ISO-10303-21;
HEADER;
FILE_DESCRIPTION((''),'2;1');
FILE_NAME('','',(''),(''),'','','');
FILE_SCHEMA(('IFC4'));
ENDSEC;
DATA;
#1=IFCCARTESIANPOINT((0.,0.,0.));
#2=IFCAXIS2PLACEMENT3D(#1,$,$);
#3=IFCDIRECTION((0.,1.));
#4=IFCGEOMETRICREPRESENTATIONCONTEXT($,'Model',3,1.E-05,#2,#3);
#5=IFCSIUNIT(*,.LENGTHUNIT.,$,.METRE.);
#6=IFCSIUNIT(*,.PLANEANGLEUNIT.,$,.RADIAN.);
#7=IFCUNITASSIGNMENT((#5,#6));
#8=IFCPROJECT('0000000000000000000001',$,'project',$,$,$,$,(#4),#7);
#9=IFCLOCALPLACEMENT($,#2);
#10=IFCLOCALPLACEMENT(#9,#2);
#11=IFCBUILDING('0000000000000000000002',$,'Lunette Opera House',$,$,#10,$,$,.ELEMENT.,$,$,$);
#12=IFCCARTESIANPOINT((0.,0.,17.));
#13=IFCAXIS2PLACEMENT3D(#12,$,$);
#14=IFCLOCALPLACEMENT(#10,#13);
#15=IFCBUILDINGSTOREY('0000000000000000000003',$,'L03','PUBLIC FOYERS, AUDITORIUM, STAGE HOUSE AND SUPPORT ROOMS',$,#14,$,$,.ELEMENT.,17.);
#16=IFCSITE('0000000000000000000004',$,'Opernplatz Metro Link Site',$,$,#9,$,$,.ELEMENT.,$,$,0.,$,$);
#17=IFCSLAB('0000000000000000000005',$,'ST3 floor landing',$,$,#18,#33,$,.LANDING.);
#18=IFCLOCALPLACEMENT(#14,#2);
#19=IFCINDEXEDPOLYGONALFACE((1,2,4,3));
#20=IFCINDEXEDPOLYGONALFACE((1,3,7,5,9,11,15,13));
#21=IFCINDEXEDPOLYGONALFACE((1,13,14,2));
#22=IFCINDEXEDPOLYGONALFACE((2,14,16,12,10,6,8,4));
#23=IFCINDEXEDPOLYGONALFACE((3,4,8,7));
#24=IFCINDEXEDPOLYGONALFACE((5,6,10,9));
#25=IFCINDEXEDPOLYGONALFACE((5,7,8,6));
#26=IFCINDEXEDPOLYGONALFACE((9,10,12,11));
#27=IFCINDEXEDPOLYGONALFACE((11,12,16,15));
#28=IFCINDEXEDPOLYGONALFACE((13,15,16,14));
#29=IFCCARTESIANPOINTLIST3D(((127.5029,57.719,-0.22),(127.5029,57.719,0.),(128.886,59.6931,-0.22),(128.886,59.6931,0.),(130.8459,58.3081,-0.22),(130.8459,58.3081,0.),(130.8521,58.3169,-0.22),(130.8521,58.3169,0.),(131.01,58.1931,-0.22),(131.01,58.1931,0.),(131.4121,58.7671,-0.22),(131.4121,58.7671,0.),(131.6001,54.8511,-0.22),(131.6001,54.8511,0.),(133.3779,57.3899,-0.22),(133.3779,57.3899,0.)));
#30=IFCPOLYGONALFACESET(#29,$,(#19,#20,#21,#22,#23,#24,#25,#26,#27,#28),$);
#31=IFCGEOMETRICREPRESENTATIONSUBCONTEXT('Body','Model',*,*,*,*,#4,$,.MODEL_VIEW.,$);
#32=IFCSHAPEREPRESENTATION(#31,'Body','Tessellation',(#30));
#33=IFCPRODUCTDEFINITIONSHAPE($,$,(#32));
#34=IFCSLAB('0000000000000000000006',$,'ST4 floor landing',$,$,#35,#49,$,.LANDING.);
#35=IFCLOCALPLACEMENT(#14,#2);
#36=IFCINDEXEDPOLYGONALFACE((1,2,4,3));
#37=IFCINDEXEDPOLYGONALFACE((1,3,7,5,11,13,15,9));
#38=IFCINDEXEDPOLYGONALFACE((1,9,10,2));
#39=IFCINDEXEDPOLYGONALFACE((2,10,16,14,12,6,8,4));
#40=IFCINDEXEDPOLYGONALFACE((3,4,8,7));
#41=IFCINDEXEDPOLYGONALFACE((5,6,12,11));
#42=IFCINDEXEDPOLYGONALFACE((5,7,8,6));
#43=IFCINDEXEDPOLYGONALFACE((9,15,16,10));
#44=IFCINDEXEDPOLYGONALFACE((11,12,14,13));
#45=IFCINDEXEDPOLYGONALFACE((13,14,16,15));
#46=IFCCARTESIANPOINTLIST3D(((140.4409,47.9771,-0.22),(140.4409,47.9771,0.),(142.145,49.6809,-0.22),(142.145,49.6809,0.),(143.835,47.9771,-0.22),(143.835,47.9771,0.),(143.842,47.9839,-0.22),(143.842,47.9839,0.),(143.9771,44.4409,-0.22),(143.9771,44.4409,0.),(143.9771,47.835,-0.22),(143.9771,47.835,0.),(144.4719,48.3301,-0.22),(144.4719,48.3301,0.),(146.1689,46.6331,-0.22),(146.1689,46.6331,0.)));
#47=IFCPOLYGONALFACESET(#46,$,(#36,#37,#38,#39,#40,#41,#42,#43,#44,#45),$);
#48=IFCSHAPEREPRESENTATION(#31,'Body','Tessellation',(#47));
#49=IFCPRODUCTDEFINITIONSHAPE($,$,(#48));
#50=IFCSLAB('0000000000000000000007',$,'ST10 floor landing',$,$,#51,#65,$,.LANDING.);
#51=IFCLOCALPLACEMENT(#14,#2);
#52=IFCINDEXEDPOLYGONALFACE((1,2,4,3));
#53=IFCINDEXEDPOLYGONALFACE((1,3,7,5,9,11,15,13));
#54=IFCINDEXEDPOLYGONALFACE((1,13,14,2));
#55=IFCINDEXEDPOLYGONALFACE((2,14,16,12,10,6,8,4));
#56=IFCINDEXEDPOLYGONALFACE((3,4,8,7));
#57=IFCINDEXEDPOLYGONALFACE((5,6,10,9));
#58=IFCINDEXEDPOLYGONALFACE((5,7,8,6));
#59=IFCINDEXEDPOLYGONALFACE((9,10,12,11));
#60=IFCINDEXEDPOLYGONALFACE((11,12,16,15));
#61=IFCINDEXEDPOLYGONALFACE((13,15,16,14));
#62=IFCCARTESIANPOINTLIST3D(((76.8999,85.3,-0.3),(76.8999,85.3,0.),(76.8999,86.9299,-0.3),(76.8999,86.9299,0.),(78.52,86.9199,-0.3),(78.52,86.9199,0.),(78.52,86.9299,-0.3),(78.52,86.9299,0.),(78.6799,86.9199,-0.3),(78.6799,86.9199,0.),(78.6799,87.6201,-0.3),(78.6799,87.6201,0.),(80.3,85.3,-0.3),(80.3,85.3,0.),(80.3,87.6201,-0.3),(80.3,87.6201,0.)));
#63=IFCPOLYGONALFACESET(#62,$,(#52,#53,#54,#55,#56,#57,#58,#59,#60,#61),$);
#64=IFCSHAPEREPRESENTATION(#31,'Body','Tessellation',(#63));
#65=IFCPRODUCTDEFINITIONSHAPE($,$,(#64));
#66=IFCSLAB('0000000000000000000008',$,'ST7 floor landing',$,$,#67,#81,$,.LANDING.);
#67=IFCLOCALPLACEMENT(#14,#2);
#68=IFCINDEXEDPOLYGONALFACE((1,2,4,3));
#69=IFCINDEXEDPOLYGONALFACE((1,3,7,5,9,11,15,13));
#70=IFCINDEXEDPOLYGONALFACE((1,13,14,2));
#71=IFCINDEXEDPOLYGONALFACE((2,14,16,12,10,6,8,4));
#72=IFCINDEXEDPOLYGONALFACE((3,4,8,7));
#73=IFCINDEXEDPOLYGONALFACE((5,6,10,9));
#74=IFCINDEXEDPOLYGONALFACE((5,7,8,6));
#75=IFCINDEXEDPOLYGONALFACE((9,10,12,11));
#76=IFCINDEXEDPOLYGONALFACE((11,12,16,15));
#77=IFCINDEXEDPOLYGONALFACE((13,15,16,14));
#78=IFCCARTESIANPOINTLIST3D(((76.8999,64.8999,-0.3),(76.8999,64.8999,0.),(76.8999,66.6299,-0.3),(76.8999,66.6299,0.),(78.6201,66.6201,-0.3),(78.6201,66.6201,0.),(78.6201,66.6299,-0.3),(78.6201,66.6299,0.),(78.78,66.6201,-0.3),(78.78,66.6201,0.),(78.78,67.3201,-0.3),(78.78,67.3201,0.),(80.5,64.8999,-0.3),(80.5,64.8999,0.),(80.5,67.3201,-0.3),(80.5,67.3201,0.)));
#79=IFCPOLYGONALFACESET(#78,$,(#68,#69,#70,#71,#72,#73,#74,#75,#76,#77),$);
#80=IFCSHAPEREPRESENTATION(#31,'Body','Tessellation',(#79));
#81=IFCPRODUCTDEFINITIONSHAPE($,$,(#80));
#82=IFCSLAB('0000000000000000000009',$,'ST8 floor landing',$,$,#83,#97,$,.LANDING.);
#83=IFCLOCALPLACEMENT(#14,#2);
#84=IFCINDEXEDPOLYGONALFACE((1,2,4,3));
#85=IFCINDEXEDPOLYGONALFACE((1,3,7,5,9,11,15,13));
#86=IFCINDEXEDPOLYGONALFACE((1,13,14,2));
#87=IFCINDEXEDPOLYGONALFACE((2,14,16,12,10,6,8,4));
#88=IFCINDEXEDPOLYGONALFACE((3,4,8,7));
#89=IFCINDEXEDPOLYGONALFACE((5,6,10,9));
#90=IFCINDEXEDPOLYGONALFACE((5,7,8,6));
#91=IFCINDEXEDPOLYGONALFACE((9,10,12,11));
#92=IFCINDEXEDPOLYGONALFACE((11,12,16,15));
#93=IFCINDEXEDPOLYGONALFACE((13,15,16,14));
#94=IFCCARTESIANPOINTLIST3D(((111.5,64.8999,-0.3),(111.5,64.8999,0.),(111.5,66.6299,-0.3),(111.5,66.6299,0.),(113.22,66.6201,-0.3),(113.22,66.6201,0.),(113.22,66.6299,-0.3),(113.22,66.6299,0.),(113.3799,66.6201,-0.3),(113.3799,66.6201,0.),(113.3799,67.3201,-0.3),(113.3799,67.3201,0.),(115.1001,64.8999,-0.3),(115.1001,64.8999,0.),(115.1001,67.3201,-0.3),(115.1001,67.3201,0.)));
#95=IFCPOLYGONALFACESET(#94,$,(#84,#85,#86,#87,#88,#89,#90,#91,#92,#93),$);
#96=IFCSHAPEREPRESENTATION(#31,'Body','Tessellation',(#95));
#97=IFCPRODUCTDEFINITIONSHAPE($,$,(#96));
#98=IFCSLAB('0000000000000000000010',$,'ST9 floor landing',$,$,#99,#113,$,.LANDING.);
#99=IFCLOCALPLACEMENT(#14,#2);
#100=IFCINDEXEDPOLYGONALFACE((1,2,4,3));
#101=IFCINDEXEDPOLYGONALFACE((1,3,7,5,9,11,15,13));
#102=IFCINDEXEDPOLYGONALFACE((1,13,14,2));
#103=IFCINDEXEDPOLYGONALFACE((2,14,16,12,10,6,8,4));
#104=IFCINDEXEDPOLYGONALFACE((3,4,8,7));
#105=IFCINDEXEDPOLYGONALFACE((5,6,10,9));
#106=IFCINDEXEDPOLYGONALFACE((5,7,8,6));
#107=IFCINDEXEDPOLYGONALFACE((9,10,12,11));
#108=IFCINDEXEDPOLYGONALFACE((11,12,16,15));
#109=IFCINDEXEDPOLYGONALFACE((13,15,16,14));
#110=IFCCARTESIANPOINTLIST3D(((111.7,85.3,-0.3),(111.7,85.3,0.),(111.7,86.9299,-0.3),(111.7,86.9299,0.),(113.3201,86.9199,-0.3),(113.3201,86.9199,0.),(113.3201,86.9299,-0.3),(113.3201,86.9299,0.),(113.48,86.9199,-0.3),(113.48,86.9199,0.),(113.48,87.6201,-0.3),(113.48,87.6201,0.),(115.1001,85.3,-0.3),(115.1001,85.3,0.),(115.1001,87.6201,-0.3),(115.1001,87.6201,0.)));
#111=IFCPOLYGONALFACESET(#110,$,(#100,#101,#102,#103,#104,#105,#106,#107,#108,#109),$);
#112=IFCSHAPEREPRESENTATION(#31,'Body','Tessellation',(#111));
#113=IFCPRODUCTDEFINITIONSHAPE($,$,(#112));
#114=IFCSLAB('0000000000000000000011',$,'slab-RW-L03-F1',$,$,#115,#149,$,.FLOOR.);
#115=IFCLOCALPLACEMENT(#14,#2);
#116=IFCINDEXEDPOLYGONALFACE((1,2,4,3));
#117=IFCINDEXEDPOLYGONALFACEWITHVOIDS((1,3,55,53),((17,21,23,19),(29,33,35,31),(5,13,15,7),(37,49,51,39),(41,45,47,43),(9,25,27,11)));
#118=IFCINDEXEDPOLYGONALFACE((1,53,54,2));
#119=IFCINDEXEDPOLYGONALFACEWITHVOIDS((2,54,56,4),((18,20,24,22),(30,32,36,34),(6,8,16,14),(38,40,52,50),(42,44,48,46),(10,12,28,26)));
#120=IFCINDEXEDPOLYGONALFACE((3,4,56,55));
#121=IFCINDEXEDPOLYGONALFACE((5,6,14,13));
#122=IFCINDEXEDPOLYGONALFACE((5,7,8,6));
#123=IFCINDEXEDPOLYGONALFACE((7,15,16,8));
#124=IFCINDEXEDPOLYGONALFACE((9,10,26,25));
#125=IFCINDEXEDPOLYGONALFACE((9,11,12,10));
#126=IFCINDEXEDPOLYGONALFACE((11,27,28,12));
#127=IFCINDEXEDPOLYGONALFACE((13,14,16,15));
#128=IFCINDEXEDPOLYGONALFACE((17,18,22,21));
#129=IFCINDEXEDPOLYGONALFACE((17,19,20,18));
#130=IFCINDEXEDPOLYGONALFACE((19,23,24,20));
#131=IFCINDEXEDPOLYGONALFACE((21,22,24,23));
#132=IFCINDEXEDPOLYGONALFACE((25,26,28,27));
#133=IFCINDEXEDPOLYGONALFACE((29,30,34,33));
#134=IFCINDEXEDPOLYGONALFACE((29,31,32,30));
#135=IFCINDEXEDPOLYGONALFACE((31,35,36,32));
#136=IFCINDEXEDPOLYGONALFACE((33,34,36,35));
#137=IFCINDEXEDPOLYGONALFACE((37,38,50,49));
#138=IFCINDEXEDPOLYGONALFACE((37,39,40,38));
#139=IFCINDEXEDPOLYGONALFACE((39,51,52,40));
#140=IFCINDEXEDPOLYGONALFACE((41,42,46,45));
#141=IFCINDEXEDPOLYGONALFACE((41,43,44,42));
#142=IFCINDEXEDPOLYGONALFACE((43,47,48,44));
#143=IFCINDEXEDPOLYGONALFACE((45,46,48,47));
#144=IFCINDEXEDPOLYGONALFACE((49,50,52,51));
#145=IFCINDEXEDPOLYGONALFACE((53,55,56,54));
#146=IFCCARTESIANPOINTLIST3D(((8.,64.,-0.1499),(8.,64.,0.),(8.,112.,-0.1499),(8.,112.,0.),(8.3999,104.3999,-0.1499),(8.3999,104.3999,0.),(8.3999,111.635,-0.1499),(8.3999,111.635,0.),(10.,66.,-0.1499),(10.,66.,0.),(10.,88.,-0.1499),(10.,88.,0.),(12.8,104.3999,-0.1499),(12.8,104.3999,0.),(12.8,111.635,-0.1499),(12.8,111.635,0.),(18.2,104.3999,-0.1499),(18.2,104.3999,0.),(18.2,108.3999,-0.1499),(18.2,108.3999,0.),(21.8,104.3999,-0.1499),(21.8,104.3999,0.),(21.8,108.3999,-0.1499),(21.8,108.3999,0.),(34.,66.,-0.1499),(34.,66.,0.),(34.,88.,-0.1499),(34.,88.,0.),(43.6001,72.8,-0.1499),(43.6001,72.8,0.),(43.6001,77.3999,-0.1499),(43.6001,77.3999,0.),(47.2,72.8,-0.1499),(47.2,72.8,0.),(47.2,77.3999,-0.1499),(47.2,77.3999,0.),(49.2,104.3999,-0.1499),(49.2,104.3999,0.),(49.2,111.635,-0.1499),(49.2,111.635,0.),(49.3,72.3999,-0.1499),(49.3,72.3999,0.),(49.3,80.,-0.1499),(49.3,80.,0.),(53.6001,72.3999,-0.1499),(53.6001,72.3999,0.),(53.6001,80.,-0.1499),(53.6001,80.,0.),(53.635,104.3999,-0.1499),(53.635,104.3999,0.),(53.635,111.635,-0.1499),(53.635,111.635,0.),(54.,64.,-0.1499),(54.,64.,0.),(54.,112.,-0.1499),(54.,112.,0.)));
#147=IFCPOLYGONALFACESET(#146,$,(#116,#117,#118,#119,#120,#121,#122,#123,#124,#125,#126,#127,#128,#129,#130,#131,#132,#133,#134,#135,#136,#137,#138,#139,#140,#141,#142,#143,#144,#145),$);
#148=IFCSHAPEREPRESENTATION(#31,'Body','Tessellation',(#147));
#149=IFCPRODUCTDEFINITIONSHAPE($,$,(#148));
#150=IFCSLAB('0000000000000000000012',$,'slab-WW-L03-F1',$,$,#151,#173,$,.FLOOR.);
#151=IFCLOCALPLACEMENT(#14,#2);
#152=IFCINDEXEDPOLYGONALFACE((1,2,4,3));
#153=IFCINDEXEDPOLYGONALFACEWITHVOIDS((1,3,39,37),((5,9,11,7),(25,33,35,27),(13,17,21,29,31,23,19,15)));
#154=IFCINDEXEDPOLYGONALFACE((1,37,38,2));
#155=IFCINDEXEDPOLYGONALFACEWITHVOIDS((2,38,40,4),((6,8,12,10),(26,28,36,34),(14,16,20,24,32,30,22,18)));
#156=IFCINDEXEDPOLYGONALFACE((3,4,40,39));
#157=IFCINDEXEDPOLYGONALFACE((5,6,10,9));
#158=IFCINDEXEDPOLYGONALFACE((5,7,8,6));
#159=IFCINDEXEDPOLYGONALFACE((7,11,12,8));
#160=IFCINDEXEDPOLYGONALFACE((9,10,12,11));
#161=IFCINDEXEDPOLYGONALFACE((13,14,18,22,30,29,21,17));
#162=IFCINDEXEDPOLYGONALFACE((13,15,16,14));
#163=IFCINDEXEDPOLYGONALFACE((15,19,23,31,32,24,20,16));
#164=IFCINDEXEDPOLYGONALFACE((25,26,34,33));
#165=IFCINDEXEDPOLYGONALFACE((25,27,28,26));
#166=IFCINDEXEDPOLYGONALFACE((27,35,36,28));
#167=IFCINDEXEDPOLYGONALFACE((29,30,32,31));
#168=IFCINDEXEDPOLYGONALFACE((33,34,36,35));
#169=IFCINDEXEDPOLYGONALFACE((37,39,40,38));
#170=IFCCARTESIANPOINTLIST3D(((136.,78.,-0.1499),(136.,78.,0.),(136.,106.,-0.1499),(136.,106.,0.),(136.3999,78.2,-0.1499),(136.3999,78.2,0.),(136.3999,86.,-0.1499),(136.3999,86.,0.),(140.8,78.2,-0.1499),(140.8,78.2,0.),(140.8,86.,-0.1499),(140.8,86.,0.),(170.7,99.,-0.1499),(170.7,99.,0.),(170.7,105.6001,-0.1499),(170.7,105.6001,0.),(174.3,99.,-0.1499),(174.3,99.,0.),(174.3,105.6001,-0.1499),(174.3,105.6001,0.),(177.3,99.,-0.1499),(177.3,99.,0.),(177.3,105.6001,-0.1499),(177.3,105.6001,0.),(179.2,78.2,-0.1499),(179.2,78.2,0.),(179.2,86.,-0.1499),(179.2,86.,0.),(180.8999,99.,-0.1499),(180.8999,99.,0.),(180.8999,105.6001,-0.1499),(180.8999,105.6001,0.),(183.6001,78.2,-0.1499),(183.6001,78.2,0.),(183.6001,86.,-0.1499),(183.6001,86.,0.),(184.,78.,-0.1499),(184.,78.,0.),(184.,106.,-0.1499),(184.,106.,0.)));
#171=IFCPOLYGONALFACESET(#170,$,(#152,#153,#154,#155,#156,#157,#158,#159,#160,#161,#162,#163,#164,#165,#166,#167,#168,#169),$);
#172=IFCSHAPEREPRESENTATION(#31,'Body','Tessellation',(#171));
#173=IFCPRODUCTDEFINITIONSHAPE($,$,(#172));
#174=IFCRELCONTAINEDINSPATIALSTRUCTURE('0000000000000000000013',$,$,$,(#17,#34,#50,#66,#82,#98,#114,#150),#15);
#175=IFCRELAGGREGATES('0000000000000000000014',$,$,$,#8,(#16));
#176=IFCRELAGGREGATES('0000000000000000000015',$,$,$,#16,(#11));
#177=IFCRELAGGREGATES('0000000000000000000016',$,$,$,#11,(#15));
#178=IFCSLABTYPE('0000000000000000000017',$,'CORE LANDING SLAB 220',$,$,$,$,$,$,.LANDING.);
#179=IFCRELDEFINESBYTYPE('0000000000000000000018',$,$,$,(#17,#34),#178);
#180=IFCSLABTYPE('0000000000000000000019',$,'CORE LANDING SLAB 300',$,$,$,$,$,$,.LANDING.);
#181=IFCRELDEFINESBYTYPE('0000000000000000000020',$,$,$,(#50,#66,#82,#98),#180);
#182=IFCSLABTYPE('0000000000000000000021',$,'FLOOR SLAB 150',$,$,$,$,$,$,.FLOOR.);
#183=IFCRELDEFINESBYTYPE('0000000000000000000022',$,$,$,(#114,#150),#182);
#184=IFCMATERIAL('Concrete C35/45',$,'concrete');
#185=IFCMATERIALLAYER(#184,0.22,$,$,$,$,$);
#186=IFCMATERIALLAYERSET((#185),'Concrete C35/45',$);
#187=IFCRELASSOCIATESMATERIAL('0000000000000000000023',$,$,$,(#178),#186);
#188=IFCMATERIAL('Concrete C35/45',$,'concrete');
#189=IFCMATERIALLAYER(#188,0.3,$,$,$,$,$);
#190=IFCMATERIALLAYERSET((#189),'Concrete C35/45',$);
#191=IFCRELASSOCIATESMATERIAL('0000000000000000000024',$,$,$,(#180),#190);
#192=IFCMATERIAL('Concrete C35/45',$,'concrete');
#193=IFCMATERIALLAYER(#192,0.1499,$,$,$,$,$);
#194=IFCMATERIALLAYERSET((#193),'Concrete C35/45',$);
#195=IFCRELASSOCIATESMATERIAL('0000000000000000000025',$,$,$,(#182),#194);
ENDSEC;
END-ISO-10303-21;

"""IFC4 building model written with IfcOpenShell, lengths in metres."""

from ifc_helpers import new_model, si_unit, direction, frame, origin, place, context, subcontext, project, spatial, polyline, outline, extrude, material, layer, layer_set, type_object, element, save


model = new_model("IFC4")

# Units and contexts
model_context = context("Model", 3, precision=1e-05, world=origin(), true_north=direction((0.0, 1.0)))
body_context = subcontext(model_context, "Body", "Model", "MODEL_VIEW")
ifc_project = project(units=[si_unit("LENGTHUNIT", "METRE"), si_unit("PLANEANGLEUNIT", "RADIAN")], contexts=[model_context])

# Site, building, storey
site_placement = place(None, origin())
site = spatial("IfcSite", under=ifc_project, at=site_placement, Name="Opernplatz Metro Link Site", CompositionType="ELEMENT", RefElevation=0.0)
building_placement = place(site_placement, origin())
building = spatial("IfcBuilding", under=site, at=building_placement, Name="Lunette Opera House", CompositionType="ELEMENT")
storey_placement = place(building_placement, frame((0.0, 0.0, 17.0)))
storey = spatial("IfcBuildingStorey", under=building, at=storey_placement, Name="L03", Description="PUBLIC FOYERS, AUDITORIUM, STAGE HOUSE AND SUPPORT ROOMS", CompositionType="ELEMENT", Elevation=17.0)

# Slabs
ifc_material_1 = material(Name="Concrete C35/45", Category="concrete")
ifc_layer_1 = layer(ifc_material_1, 0.22)
ifc_layer_set_1 = layer_set([ifc_layer_1], Name="Concrete C35/45")
slab_type_1 = type_object("IfcSlabType", Name="CORE LANDING SLAB 220", PredefinedType="LANDING", material=ifc_layer_set_1)
slab_1_placement = place(storey_placement, frame((0.0, 0.0, -0.22)))
element("IfcSlab", 1, at=slab_1_placement, inside=storey, type_object=slab_type_1, Name="ST3 floor landing", PredefinedType="LANDING", context=body_context, shape_type="SweptSolid", body=[
    extrude(outline(polyline([(127.5029, 57.719), (128.886, 59.6931), (130.8521, 58.3169), (130.8459, 58.3081), (131.01, 58.1931), (131.4121, 58.7671), (133.3779, 57.3899), (131.6001, 54.8511), (127.5029, 57.719)])), origin(), (0.0, 0.0, 1.0), 0.22),
])
slab_2_placement = place(storey_placement, frame((0.0, 0.0, -0.22)))
element("IfcSlab", 2, at=slab_2_placement, inside=storey, type_object=slab_type_1, Name="ST4 floor landing", PredefinedType="LANDING", context=body_context, shape_type="SweptSolid", body=[
    extrude(outline(polyline([(140.4409, 47.9771), (142.145, 49.6809), (143.842, 47.9839), (143.835, 47.9771), (143.9771, 47.835), (144.4719, 48.3301), (146.1689, 46.6331), (143.9771, 44.4409), (140.4409, 47.9771)])), origin(), (0.0, 0.0, 1.0), 0.22),
])
ifc_material_2 = material(Name="Concrete C35/45", Category="concrete")
ifc_layer_2 = layer(ifc_material_2, 0.3)
ifc_layer_set_2 = layer_set([ifc_layer_2], Name="Concrete C35/45")
slab_type_2 = type_object("IfcSlabType", Name="CORE LANDING SLAB 300", PredefinedType="LANDING", material=ifc_layer_set_2)
slab_3_placement = place(storey_placement, frame((0.0, 0.0, -0.3)))
element("IfcSlab", 3, at=slab_3_placement, inside=storey, type_object=slab_type_2, Name="ST10 floor landing", PredefinedType="LANDING", context=body_context, shape_type="SweptSolid", body=[
    extrude(outline(polyline([(76.8999, 85.3), (76.8999, 86.9299), (78.52, 86.9299), (78.52, 86.9199), (78.6799, 86.9199), (78.6799, 87.6201), (80.3, 87.6201), (80.3, 85.3), (76.8999, 85.3)])), origin(), (0.0, 0.0, 1.0), 0.3),
])
slab_4_placement = place(storey_placement, frame((0.0, 0.0, -0.3)))
element("IfcSlab", 4, at=slab_4_placement, inside=storey, type_object=slab_type_2, Name="ST7 floor landing", PredefinedType="LANDING", context=body_context, shape_type="SweptSolid", body=[
    extrude(outline(polyline([(76.8999, 64.8999), (76.8999, 66.6299), (78.6201, 66.6299), (78.6201, 66.6201), (78.78, 66.6201), (78.78, 67.3201), (80.5, 67.3201), (80.5, 64.8999), (76.8999, 64.8999)])), origin(), (0.0, 0.0, 1.0), 0.3),
])
slab_5_placement = place(storey_placement, frame((0.0, 0.0, -0.3)))
element("IfcSlab", 5, at=slab_5_placement, inside=storey, type_object=slab_type_2, Name="ST8 floor landing", PredefinedType="LANDING", context=body_context, shape_type="SweptSolid", body=[
    extrude(outline(polyline([(111.5, 64.8999), (111.5, 66.6299), (113.22, 66.6299), (113.22, 66.6201), (113.3799, 66.6201), (113.3799, 67.3201), (115.1001, 67.3201), (115.1001, 64.8999), (111.5, 64.8999)])), origin(), (0.0, 0.0, 1.0), 0.3),
])
slab_6_placement = place(storey_placement, frame((0.0, 0.0, -0.3)))
element("IfcSlab", 6, at=slab_6_placement, inside=storey, type_object=slab_type_2, Name="ST9 floor landing", PredefinedType="LANDING", context=body_context, shape_type="SweptSolid", body=[
    extrude(outline(polyline([(111.7, 85.3), (111.7, 86.9299), (113.3201, 86.9299), (113.3201, 86.9199), (113.48, 86.9199), (113.48, 87.6201), (115.1001, 87.6201), (115.1001, 85.3), (111.7, 85.3)])), origin(), (0.0, 0.0, 1.0), 0.3),
])
ifc_material_3 = material(Name="Concrete C35/45", Category="concrete")
ifc_layer_3 = layer(ifc_material_3, 0.1499)
ifc_layer_set_3 = layer_set([ifc_layer_3], Name="Concrete C35/45")
slab_type_3 = type_object("IfcSlabType", Name="FLOOR SLAB 150", PredefinedType="FLOOR", material=ifc_layer_set_3)
slab_7_placement = place(storey_placement, frame((0.0, 0.0, -0.1499)))
element("IfcSlab", 7, at=slab_7_placement, inside=storey, type_object=slab_type_3, Name="slab-RW-L03-F1", PredefinedType="FLOOR", context=body_context, shape_type="SweptSolid", body=[
    extrude(outline(polyline([(8.0, 112.0), (8.0, 64.0), (54.0, 64.0), (54.0, 112.0), (8.0, 112.0)]), holes=[polyline([(10.0, 88.0), (34.0, 88.0), (34.0, 66.0), (10.0, 66.0), (10.0, 88.0)]), polyline([(43.6001, 72.8), (43.6001, 77.3999), (47.2, 77.3999), (47.2, 72.8), (43.6001, 72.8)]), polyline([(49.3, 72.3999), (49.3, 80.0), (53.6001, 80.0), (53.6001, 72.3999), (49.3, 72.3999)]), polyline([(18.2, 104.3999), (18.2, 108.3999), (21.8, 108.3999), (21.8, 104.3999), (18.2, 104.3999)]), polyline([(8.3999, 111.635), (12.8, 111.635), (12.8, 104.3999), (8.3999, 104.3999), (8.3999, 111.635)]), polyline([(49.2, 111.635), (53.635, 111.635), (53.635, 104.3999), (49.2, 104.3999), (49.2, 111.635)])]), origin(), (0.0, 0.0, 1.0), 0.1499),
])
slab_8_placement = place(storey_placement, frame((0.0, 0.0, -0.1499)))
element("IfcSlab", 8, at=slab_8_placement, inside=storey, type_object=slab_type_3, Name="slab-WW-L03-F1", PredefinedType="FLOOR", context=body_context, shape_type="SweptSolid", body=[
    extrude(outline(polyline([(136.0, 78.0), (184.0, 78.0), (184.0, 106.0), (136.0, 106.0), (136.0, 78.0)]), holes=[polyline([(136.3999, 78.2), (136.3999, 86.0), (140.8, 86.0), (140.8, 78.2), (136.3999, 78.2)]), polyline([(179.2, 78.2), (179.2, 86.0), (183.6001, 86.0), (183.6001, 78.2), (179.2, 78.2)]), polyline([(170.7, 99.0), (170.7, 105.6001), (174.3, 105.6001), (177.3, 105.6001), (180.8999, 105.6001), (180.8999, 99.0), (177.3, 99.0), (174.3, 99.0), (170.7, 99.0)])]), origin(), (0.0, 0.0, 1.0), 0.1499),
])

save(model, "model.ifc")
